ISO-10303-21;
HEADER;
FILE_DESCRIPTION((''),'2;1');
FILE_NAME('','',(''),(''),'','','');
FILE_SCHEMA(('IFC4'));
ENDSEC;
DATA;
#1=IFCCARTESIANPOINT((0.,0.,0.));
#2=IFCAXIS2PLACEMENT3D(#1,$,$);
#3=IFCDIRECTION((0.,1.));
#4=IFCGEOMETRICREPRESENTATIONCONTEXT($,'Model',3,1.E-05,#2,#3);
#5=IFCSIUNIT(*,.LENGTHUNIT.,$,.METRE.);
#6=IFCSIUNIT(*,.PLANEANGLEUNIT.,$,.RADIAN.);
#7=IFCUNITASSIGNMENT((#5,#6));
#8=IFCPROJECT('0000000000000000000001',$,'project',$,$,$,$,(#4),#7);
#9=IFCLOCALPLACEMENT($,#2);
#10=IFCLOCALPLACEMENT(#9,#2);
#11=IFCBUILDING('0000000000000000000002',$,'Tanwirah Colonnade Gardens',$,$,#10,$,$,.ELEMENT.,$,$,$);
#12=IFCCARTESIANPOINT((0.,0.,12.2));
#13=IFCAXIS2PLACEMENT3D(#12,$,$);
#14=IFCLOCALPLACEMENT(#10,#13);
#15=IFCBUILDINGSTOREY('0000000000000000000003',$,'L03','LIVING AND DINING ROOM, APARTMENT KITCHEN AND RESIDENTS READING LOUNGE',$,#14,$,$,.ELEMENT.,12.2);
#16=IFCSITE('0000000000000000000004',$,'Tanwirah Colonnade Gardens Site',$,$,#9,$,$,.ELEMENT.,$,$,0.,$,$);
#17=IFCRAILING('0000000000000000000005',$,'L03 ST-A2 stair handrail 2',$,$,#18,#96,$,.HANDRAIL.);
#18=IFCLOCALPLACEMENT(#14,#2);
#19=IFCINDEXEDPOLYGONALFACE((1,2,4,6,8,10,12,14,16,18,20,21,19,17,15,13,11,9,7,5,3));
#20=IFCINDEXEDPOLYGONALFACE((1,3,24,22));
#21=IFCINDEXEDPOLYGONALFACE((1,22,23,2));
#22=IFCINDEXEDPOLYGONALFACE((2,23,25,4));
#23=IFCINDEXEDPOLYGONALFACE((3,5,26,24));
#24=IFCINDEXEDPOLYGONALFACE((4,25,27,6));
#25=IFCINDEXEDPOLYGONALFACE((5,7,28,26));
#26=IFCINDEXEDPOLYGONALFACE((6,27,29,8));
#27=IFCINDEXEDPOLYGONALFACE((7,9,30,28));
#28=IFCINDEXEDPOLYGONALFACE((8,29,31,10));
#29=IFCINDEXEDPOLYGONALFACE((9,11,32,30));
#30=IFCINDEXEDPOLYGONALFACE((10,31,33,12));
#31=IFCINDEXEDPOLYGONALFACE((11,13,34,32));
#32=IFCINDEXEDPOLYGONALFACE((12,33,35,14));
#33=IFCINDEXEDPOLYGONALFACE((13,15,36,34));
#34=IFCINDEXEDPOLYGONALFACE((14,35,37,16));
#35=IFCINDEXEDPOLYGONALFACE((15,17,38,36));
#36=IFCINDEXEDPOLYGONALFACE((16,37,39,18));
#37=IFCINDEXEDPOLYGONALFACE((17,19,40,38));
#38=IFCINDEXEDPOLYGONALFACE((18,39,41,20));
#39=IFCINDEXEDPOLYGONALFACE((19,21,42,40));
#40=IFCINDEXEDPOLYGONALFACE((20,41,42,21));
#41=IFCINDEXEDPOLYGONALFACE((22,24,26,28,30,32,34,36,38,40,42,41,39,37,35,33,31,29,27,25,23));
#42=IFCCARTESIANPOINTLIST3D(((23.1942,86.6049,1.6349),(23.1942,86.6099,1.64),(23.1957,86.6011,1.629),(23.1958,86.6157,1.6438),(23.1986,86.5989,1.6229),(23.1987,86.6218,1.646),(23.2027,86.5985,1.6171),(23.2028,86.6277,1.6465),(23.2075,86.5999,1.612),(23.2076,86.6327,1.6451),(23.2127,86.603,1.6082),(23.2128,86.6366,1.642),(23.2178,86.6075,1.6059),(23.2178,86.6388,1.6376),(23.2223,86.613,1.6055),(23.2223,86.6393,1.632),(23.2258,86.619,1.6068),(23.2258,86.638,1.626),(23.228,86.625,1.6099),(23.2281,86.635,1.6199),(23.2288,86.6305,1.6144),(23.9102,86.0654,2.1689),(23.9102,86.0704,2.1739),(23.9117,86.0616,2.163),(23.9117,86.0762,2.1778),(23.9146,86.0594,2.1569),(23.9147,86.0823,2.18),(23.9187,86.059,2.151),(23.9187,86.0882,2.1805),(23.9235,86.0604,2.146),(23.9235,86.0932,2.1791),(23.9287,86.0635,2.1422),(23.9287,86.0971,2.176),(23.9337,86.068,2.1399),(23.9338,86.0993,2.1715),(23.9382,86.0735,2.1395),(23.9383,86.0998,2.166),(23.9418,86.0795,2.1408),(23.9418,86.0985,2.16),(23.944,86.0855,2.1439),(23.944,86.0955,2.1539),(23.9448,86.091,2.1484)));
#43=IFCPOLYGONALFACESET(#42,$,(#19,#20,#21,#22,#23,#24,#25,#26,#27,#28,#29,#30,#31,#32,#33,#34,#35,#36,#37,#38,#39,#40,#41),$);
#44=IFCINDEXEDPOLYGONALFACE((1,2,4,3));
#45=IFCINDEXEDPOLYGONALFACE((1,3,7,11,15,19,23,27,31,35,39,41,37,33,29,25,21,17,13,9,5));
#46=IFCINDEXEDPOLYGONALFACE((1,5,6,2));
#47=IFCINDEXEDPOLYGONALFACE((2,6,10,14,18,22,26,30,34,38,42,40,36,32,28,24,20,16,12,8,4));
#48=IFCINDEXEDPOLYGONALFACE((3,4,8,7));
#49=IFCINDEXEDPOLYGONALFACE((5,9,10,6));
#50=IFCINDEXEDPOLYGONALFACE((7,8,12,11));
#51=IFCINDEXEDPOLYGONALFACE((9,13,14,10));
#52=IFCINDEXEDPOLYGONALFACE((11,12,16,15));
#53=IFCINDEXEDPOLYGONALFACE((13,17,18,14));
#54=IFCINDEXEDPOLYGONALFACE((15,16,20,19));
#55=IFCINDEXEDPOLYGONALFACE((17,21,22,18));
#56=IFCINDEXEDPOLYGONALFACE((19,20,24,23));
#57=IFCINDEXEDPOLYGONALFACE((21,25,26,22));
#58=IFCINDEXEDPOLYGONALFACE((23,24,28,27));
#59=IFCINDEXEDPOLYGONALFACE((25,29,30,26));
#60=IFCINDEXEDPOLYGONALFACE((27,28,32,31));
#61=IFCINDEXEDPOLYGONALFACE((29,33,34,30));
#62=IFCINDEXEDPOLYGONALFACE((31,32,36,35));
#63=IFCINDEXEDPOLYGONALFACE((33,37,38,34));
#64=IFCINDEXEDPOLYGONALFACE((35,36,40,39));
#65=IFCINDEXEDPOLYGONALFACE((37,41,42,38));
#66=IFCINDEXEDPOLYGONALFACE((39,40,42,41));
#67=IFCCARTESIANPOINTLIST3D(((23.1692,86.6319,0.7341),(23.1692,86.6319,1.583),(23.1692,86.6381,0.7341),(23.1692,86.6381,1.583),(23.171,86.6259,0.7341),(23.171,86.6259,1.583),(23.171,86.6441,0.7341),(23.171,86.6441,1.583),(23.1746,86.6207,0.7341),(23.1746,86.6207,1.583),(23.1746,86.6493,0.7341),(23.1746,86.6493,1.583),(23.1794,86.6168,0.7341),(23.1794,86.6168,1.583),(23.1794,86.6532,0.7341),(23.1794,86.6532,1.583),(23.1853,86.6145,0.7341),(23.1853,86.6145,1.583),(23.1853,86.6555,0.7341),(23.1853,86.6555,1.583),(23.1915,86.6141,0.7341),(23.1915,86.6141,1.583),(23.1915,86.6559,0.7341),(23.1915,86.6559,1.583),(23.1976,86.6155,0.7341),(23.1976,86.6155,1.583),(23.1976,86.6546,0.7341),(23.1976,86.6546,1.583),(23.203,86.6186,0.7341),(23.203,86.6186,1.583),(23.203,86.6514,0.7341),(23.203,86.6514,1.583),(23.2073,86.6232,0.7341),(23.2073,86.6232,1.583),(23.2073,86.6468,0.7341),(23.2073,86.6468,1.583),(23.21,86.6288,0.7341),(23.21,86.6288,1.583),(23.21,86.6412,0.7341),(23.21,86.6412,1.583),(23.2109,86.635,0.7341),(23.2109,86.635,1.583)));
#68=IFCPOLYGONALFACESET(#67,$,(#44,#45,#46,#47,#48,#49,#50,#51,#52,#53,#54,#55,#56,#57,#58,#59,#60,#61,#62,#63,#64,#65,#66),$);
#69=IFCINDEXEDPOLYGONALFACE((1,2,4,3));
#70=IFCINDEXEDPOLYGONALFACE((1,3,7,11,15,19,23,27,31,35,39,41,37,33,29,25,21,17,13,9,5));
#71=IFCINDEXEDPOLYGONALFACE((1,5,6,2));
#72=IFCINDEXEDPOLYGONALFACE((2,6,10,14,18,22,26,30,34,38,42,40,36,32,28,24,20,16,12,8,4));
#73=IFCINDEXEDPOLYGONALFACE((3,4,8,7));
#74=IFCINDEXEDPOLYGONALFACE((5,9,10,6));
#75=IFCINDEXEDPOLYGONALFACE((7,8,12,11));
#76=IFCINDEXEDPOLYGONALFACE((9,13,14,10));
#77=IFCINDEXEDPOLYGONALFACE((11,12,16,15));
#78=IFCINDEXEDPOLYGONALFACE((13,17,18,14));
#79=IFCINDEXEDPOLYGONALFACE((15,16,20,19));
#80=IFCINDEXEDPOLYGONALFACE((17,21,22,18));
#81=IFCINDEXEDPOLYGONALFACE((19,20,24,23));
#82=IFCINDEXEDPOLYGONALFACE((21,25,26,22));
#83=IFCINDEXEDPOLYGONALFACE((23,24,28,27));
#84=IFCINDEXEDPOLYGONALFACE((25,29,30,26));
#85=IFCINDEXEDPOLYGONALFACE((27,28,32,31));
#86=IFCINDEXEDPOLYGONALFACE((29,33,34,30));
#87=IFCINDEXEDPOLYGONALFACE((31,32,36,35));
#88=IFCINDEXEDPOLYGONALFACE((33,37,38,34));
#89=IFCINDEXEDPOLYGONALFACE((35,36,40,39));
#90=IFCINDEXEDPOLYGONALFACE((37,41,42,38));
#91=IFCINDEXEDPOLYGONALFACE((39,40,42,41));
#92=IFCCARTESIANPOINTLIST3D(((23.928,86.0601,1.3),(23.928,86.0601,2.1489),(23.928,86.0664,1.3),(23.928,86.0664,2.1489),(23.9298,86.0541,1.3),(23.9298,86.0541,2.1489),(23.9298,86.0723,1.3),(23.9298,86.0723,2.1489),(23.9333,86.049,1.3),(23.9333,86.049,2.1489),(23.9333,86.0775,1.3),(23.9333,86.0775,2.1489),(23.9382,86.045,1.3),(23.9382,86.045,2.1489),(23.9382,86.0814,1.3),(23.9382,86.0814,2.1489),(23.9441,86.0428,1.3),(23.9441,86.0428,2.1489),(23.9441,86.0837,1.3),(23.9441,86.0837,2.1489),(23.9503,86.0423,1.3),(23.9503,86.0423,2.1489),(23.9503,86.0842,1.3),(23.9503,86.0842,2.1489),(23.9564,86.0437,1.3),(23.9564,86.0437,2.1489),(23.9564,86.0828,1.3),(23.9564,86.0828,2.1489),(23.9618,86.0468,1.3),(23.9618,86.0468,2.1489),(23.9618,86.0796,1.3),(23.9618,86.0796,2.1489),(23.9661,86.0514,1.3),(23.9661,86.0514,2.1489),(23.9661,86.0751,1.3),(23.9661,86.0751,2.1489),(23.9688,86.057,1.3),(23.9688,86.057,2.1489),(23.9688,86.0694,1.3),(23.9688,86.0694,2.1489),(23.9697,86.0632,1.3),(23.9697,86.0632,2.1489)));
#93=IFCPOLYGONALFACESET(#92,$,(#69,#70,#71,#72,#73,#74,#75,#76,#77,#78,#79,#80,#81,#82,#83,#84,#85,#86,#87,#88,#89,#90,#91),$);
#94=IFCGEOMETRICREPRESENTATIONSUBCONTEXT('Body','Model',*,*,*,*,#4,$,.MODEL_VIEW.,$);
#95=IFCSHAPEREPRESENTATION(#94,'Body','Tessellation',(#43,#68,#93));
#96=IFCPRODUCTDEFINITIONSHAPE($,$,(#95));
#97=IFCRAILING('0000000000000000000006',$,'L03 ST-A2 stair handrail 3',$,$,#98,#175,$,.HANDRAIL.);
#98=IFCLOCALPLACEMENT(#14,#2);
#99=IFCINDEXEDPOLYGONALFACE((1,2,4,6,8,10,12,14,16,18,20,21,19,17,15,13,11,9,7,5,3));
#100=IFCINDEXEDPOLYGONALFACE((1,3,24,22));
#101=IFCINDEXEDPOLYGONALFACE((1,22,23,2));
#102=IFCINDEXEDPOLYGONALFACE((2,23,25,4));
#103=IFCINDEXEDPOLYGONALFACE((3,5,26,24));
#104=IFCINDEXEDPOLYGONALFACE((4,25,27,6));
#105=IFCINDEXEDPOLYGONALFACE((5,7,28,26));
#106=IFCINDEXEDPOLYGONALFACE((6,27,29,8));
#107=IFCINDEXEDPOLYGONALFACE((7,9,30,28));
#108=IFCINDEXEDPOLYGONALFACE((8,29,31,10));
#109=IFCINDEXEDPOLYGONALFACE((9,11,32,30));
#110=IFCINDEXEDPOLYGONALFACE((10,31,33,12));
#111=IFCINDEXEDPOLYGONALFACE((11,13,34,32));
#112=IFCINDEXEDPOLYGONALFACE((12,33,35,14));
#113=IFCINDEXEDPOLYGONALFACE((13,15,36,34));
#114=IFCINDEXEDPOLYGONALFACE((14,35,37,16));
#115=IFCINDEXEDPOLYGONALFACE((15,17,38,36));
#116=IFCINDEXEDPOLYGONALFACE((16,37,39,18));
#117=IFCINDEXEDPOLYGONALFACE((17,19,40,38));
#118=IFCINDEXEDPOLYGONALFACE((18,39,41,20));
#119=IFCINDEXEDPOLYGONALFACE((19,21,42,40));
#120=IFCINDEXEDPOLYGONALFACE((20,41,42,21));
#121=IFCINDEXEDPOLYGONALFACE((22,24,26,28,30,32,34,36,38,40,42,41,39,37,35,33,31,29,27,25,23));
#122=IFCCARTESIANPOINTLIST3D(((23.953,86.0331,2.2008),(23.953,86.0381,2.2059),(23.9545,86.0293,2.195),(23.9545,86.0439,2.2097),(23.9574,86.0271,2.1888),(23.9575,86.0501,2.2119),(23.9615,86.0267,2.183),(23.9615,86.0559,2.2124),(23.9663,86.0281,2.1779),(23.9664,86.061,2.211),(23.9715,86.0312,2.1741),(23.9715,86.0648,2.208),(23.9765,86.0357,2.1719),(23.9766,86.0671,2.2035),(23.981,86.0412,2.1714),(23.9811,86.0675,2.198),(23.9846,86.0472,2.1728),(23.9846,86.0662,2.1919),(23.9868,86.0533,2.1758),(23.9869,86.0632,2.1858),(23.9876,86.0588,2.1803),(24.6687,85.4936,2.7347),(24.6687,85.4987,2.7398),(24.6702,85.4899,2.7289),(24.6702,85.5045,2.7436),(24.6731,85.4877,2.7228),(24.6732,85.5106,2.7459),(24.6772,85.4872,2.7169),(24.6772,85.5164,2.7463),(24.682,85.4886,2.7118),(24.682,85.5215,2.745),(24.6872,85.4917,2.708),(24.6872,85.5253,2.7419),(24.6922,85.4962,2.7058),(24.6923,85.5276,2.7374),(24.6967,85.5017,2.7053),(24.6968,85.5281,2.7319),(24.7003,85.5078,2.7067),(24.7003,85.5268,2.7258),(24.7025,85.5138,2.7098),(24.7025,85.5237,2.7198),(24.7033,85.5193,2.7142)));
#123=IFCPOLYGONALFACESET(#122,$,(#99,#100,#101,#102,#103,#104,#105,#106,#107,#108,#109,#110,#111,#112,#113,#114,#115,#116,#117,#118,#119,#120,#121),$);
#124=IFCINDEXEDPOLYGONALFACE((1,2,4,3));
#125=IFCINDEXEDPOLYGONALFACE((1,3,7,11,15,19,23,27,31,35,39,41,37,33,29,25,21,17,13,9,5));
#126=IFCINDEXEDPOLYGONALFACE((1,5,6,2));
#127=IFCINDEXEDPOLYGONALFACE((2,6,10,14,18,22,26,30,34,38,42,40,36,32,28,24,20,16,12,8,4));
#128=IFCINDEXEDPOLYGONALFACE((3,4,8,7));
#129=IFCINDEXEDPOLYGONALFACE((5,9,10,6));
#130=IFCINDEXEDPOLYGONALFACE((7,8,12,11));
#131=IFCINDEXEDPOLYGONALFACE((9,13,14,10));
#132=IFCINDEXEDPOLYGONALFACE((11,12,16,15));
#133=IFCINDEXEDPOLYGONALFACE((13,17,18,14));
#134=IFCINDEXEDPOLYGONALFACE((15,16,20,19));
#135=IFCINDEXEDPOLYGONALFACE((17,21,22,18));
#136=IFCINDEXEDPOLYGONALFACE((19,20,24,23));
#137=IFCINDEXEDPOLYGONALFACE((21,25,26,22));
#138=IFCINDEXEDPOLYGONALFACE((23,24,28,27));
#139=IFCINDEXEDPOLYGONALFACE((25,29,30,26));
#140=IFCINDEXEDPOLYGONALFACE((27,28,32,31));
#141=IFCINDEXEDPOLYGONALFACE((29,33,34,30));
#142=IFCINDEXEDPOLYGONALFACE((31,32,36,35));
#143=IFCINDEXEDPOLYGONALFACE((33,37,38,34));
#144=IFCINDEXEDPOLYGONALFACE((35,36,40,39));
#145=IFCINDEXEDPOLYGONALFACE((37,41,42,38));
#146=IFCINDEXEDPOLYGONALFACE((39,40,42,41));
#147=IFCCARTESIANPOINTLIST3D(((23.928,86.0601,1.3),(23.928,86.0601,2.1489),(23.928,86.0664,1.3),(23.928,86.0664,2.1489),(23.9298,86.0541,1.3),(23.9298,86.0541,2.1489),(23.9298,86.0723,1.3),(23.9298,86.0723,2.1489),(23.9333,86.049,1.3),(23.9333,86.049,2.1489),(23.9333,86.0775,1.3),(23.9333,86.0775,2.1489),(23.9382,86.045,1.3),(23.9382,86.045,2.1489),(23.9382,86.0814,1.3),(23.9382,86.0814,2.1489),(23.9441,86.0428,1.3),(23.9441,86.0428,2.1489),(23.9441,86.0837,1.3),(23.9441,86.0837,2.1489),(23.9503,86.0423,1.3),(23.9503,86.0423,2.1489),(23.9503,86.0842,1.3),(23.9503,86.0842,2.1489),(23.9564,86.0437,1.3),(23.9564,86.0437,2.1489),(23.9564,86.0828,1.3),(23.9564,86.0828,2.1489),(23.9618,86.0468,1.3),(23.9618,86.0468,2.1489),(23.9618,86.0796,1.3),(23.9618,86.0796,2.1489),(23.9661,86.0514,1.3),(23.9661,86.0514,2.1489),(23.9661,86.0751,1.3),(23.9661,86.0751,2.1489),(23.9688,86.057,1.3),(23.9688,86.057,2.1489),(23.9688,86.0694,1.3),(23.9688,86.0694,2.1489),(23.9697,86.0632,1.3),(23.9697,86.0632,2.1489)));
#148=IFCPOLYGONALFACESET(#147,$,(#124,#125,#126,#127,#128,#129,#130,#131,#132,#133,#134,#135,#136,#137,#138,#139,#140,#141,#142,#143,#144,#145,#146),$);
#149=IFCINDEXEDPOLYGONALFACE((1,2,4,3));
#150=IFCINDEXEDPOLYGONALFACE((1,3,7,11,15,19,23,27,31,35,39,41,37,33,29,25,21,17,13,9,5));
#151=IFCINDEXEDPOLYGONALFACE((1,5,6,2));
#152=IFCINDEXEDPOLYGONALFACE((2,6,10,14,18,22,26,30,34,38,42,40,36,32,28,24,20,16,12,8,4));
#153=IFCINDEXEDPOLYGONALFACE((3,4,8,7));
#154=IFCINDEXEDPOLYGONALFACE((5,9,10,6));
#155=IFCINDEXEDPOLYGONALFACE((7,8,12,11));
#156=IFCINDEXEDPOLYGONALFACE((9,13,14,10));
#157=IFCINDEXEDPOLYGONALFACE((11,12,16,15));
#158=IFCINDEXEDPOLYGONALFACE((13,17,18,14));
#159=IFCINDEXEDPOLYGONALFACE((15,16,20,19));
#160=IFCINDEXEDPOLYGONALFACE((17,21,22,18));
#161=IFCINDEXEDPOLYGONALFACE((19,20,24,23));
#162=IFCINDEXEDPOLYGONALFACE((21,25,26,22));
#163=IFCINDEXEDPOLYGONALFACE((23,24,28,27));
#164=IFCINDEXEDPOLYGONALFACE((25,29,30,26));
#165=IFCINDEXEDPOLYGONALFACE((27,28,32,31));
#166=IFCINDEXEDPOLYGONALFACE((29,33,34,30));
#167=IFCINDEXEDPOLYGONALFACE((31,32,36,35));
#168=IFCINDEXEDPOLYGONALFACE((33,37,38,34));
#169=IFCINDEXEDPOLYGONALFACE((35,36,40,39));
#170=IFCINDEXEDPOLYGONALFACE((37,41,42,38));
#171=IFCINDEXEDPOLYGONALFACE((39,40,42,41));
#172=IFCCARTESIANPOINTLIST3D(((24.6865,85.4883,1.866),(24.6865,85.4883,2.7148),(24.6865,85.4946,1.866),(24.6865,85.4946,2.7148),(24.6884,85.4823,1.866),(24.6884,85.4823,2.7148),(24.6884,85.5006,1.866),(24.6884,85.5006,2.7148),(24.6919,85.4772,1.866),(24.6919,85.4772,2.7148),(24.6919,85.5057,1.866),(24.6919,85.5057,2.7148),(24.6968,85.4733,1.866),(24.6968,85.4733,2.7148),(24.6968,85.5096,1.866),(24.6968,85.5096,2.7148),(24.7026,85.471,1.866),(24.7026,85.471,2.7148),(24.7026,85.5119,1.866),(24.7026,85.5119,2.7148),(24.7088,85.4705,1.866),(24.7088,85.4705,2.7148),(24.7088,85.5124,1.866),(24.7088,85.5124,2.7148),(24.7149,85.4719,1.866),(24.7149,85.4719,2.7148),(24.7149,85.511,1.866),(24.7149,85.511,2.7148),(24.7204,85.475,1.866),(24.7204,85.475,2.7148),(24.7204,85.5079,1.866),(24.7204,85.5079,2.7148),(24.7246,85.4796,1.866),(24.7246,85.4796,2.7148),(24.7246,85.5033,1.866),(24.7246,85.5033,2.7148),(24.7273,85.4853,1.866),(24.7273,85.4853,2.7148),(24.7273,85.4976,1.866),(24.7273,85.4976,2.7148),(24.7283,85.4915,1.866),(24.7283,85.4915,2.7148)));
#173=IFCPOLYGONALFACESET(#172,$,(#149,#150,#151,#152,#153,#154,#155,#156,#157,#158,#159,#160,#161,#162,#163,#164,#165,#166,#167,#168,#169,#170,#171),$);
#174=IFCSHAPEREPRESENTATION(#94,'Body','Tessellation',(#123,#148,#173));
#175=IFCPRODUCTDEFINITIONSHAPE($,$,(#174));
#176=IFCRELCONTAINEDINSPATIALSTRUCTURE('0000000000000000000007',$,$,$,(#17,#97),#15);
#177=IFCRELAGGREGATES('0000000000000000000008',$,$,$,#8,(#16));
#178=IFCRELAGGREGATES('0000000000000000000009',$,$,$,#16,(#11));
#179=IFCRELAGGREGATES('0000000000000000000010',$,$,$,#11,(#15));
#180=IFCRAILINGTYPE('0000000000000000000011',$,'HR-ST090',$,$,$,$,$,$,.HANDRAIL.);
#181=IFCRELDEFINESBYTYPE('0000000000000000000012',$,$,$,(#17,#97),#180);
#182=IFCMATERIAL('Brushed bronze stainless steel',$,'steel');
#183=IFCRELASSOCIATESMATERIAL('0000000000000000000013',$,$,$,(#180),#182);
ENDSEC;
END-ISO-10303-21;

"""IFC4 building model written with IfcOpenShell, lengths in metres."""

from ifc_helpers import new_model, si_unit, direction, frame, origin, origin_2d, place, context, subcontext, project, spatial, circle, extrude, material, type_object, element, save


model = new_model("IFC4")

# Units and contexts
model_context = context("Model", 3, precision=1e-05, world=origin(), true_north=direction((0.0, 1.0)))
body_context = subcontext(model_context, "Body", "Model", "MODEL_VIEW")
ifc_project = project(units=[si_unit("LENGTHUNIT", "METRE"), si_unit("PLANEANGLEUNIT", "RADIAN")], contexts=[model_context])

# Site, building, storey
site_placement = place(None, origin())
site = spatial("IfcSite", under=ifc_project, at=site_placement, Name="Tanwirah Colonnade Gardens Site", CompositionType="ELEMENT", RefElevation=0.0)
building_placement = place(site_placement, origin())
building = spatial("IfcBuilding", under=site, at=building_placement, Name="Tanwirah Colonnade Gardens", CompositionType="ELEMENT")
storey_placement = place(building_placement, frame((0.0, 0.0, 12.2)))
storey = spatial("IfcBuildingStorey", under=building, at=storey_placement, Name="L03", Description="LIVING AND DINING ROOM, APARTMENT KITCHEN AND RESIDENTS READING LOUNGE", CompositionType="ELEMENT", Elevation=12.2)

# Railings
ifc_material_1 = material(Name="Brushed bronze stainless steel", Category="steel")
railing_type_1 = type_object("IfcRailingType", Name="HR-ST090", PredefinedType="HANDRAIL", material=ifc_material_1)
railing_1_placement = place(storey_placement, frame((23.1899, 86.635, 0.7341)))
element("IfcRailing", 1, at=railing_1_placement, inside=storey, type_object=railing_type_1, Name="L03 ST-A2 stair handrail 2", PredefinedType="HANDRAIL", context=body_context, shape_type="SweptSolid", body=[
    extrude(circle(Radius=0.0239, at=origin_2d()), frame((0.0215, -0.0161, 0.8918), z_axis=(0.686145, -0.517037, 0.511739), x_axis=(0.601807, 0.798641, 0.0)), (0.0, 0.0, 1.0), 1.0435),
    extrude(circle(Radius=0.021, at=origin_2d()), origin(), (0.0, 0.0, 1.0), 0.8489),
    extrude(circle(Radius=0.021, at=origin_2d()), frame((0.7588, -0.5718, 0.5659)), (0.0, 0.0, 1.0), 0.8489),
])
railing_2_placement = place(storey_placement, frame((23.9487, 86.0632, 1.3)))
element("IfcRailing", 2, at=railing_2_placement, inside=storey, type_object=railing_type_1, Name="L03 ST-A2 stair handrail 3", PredefinedType="HANDRAIL", context=body_context, shape_type="SweptSolid", body=[
    extrude(circle(Radius=0.0239, at=origin_2d()), frame((0.0215, -0.0161, 0.8918), z_axis=(0.686028, -0.517116, 0.511817), x_axis=(0.601931, 0.798548, 0.0)), (0.0, 0.0, 1.0), 1.0432),
    extrude(circle(Radius=0.021, at=origin_2d()), origin(), (0.0, 0.0, 1.0), 0.8489),
    extrude(circle(Radius=0.021, at=origin_2d()), frame((0.7585, -0.5718, 0.5659)), (0.0, 0.0, 1.0), 0.8489),
])

save(model, "model.ifc")
